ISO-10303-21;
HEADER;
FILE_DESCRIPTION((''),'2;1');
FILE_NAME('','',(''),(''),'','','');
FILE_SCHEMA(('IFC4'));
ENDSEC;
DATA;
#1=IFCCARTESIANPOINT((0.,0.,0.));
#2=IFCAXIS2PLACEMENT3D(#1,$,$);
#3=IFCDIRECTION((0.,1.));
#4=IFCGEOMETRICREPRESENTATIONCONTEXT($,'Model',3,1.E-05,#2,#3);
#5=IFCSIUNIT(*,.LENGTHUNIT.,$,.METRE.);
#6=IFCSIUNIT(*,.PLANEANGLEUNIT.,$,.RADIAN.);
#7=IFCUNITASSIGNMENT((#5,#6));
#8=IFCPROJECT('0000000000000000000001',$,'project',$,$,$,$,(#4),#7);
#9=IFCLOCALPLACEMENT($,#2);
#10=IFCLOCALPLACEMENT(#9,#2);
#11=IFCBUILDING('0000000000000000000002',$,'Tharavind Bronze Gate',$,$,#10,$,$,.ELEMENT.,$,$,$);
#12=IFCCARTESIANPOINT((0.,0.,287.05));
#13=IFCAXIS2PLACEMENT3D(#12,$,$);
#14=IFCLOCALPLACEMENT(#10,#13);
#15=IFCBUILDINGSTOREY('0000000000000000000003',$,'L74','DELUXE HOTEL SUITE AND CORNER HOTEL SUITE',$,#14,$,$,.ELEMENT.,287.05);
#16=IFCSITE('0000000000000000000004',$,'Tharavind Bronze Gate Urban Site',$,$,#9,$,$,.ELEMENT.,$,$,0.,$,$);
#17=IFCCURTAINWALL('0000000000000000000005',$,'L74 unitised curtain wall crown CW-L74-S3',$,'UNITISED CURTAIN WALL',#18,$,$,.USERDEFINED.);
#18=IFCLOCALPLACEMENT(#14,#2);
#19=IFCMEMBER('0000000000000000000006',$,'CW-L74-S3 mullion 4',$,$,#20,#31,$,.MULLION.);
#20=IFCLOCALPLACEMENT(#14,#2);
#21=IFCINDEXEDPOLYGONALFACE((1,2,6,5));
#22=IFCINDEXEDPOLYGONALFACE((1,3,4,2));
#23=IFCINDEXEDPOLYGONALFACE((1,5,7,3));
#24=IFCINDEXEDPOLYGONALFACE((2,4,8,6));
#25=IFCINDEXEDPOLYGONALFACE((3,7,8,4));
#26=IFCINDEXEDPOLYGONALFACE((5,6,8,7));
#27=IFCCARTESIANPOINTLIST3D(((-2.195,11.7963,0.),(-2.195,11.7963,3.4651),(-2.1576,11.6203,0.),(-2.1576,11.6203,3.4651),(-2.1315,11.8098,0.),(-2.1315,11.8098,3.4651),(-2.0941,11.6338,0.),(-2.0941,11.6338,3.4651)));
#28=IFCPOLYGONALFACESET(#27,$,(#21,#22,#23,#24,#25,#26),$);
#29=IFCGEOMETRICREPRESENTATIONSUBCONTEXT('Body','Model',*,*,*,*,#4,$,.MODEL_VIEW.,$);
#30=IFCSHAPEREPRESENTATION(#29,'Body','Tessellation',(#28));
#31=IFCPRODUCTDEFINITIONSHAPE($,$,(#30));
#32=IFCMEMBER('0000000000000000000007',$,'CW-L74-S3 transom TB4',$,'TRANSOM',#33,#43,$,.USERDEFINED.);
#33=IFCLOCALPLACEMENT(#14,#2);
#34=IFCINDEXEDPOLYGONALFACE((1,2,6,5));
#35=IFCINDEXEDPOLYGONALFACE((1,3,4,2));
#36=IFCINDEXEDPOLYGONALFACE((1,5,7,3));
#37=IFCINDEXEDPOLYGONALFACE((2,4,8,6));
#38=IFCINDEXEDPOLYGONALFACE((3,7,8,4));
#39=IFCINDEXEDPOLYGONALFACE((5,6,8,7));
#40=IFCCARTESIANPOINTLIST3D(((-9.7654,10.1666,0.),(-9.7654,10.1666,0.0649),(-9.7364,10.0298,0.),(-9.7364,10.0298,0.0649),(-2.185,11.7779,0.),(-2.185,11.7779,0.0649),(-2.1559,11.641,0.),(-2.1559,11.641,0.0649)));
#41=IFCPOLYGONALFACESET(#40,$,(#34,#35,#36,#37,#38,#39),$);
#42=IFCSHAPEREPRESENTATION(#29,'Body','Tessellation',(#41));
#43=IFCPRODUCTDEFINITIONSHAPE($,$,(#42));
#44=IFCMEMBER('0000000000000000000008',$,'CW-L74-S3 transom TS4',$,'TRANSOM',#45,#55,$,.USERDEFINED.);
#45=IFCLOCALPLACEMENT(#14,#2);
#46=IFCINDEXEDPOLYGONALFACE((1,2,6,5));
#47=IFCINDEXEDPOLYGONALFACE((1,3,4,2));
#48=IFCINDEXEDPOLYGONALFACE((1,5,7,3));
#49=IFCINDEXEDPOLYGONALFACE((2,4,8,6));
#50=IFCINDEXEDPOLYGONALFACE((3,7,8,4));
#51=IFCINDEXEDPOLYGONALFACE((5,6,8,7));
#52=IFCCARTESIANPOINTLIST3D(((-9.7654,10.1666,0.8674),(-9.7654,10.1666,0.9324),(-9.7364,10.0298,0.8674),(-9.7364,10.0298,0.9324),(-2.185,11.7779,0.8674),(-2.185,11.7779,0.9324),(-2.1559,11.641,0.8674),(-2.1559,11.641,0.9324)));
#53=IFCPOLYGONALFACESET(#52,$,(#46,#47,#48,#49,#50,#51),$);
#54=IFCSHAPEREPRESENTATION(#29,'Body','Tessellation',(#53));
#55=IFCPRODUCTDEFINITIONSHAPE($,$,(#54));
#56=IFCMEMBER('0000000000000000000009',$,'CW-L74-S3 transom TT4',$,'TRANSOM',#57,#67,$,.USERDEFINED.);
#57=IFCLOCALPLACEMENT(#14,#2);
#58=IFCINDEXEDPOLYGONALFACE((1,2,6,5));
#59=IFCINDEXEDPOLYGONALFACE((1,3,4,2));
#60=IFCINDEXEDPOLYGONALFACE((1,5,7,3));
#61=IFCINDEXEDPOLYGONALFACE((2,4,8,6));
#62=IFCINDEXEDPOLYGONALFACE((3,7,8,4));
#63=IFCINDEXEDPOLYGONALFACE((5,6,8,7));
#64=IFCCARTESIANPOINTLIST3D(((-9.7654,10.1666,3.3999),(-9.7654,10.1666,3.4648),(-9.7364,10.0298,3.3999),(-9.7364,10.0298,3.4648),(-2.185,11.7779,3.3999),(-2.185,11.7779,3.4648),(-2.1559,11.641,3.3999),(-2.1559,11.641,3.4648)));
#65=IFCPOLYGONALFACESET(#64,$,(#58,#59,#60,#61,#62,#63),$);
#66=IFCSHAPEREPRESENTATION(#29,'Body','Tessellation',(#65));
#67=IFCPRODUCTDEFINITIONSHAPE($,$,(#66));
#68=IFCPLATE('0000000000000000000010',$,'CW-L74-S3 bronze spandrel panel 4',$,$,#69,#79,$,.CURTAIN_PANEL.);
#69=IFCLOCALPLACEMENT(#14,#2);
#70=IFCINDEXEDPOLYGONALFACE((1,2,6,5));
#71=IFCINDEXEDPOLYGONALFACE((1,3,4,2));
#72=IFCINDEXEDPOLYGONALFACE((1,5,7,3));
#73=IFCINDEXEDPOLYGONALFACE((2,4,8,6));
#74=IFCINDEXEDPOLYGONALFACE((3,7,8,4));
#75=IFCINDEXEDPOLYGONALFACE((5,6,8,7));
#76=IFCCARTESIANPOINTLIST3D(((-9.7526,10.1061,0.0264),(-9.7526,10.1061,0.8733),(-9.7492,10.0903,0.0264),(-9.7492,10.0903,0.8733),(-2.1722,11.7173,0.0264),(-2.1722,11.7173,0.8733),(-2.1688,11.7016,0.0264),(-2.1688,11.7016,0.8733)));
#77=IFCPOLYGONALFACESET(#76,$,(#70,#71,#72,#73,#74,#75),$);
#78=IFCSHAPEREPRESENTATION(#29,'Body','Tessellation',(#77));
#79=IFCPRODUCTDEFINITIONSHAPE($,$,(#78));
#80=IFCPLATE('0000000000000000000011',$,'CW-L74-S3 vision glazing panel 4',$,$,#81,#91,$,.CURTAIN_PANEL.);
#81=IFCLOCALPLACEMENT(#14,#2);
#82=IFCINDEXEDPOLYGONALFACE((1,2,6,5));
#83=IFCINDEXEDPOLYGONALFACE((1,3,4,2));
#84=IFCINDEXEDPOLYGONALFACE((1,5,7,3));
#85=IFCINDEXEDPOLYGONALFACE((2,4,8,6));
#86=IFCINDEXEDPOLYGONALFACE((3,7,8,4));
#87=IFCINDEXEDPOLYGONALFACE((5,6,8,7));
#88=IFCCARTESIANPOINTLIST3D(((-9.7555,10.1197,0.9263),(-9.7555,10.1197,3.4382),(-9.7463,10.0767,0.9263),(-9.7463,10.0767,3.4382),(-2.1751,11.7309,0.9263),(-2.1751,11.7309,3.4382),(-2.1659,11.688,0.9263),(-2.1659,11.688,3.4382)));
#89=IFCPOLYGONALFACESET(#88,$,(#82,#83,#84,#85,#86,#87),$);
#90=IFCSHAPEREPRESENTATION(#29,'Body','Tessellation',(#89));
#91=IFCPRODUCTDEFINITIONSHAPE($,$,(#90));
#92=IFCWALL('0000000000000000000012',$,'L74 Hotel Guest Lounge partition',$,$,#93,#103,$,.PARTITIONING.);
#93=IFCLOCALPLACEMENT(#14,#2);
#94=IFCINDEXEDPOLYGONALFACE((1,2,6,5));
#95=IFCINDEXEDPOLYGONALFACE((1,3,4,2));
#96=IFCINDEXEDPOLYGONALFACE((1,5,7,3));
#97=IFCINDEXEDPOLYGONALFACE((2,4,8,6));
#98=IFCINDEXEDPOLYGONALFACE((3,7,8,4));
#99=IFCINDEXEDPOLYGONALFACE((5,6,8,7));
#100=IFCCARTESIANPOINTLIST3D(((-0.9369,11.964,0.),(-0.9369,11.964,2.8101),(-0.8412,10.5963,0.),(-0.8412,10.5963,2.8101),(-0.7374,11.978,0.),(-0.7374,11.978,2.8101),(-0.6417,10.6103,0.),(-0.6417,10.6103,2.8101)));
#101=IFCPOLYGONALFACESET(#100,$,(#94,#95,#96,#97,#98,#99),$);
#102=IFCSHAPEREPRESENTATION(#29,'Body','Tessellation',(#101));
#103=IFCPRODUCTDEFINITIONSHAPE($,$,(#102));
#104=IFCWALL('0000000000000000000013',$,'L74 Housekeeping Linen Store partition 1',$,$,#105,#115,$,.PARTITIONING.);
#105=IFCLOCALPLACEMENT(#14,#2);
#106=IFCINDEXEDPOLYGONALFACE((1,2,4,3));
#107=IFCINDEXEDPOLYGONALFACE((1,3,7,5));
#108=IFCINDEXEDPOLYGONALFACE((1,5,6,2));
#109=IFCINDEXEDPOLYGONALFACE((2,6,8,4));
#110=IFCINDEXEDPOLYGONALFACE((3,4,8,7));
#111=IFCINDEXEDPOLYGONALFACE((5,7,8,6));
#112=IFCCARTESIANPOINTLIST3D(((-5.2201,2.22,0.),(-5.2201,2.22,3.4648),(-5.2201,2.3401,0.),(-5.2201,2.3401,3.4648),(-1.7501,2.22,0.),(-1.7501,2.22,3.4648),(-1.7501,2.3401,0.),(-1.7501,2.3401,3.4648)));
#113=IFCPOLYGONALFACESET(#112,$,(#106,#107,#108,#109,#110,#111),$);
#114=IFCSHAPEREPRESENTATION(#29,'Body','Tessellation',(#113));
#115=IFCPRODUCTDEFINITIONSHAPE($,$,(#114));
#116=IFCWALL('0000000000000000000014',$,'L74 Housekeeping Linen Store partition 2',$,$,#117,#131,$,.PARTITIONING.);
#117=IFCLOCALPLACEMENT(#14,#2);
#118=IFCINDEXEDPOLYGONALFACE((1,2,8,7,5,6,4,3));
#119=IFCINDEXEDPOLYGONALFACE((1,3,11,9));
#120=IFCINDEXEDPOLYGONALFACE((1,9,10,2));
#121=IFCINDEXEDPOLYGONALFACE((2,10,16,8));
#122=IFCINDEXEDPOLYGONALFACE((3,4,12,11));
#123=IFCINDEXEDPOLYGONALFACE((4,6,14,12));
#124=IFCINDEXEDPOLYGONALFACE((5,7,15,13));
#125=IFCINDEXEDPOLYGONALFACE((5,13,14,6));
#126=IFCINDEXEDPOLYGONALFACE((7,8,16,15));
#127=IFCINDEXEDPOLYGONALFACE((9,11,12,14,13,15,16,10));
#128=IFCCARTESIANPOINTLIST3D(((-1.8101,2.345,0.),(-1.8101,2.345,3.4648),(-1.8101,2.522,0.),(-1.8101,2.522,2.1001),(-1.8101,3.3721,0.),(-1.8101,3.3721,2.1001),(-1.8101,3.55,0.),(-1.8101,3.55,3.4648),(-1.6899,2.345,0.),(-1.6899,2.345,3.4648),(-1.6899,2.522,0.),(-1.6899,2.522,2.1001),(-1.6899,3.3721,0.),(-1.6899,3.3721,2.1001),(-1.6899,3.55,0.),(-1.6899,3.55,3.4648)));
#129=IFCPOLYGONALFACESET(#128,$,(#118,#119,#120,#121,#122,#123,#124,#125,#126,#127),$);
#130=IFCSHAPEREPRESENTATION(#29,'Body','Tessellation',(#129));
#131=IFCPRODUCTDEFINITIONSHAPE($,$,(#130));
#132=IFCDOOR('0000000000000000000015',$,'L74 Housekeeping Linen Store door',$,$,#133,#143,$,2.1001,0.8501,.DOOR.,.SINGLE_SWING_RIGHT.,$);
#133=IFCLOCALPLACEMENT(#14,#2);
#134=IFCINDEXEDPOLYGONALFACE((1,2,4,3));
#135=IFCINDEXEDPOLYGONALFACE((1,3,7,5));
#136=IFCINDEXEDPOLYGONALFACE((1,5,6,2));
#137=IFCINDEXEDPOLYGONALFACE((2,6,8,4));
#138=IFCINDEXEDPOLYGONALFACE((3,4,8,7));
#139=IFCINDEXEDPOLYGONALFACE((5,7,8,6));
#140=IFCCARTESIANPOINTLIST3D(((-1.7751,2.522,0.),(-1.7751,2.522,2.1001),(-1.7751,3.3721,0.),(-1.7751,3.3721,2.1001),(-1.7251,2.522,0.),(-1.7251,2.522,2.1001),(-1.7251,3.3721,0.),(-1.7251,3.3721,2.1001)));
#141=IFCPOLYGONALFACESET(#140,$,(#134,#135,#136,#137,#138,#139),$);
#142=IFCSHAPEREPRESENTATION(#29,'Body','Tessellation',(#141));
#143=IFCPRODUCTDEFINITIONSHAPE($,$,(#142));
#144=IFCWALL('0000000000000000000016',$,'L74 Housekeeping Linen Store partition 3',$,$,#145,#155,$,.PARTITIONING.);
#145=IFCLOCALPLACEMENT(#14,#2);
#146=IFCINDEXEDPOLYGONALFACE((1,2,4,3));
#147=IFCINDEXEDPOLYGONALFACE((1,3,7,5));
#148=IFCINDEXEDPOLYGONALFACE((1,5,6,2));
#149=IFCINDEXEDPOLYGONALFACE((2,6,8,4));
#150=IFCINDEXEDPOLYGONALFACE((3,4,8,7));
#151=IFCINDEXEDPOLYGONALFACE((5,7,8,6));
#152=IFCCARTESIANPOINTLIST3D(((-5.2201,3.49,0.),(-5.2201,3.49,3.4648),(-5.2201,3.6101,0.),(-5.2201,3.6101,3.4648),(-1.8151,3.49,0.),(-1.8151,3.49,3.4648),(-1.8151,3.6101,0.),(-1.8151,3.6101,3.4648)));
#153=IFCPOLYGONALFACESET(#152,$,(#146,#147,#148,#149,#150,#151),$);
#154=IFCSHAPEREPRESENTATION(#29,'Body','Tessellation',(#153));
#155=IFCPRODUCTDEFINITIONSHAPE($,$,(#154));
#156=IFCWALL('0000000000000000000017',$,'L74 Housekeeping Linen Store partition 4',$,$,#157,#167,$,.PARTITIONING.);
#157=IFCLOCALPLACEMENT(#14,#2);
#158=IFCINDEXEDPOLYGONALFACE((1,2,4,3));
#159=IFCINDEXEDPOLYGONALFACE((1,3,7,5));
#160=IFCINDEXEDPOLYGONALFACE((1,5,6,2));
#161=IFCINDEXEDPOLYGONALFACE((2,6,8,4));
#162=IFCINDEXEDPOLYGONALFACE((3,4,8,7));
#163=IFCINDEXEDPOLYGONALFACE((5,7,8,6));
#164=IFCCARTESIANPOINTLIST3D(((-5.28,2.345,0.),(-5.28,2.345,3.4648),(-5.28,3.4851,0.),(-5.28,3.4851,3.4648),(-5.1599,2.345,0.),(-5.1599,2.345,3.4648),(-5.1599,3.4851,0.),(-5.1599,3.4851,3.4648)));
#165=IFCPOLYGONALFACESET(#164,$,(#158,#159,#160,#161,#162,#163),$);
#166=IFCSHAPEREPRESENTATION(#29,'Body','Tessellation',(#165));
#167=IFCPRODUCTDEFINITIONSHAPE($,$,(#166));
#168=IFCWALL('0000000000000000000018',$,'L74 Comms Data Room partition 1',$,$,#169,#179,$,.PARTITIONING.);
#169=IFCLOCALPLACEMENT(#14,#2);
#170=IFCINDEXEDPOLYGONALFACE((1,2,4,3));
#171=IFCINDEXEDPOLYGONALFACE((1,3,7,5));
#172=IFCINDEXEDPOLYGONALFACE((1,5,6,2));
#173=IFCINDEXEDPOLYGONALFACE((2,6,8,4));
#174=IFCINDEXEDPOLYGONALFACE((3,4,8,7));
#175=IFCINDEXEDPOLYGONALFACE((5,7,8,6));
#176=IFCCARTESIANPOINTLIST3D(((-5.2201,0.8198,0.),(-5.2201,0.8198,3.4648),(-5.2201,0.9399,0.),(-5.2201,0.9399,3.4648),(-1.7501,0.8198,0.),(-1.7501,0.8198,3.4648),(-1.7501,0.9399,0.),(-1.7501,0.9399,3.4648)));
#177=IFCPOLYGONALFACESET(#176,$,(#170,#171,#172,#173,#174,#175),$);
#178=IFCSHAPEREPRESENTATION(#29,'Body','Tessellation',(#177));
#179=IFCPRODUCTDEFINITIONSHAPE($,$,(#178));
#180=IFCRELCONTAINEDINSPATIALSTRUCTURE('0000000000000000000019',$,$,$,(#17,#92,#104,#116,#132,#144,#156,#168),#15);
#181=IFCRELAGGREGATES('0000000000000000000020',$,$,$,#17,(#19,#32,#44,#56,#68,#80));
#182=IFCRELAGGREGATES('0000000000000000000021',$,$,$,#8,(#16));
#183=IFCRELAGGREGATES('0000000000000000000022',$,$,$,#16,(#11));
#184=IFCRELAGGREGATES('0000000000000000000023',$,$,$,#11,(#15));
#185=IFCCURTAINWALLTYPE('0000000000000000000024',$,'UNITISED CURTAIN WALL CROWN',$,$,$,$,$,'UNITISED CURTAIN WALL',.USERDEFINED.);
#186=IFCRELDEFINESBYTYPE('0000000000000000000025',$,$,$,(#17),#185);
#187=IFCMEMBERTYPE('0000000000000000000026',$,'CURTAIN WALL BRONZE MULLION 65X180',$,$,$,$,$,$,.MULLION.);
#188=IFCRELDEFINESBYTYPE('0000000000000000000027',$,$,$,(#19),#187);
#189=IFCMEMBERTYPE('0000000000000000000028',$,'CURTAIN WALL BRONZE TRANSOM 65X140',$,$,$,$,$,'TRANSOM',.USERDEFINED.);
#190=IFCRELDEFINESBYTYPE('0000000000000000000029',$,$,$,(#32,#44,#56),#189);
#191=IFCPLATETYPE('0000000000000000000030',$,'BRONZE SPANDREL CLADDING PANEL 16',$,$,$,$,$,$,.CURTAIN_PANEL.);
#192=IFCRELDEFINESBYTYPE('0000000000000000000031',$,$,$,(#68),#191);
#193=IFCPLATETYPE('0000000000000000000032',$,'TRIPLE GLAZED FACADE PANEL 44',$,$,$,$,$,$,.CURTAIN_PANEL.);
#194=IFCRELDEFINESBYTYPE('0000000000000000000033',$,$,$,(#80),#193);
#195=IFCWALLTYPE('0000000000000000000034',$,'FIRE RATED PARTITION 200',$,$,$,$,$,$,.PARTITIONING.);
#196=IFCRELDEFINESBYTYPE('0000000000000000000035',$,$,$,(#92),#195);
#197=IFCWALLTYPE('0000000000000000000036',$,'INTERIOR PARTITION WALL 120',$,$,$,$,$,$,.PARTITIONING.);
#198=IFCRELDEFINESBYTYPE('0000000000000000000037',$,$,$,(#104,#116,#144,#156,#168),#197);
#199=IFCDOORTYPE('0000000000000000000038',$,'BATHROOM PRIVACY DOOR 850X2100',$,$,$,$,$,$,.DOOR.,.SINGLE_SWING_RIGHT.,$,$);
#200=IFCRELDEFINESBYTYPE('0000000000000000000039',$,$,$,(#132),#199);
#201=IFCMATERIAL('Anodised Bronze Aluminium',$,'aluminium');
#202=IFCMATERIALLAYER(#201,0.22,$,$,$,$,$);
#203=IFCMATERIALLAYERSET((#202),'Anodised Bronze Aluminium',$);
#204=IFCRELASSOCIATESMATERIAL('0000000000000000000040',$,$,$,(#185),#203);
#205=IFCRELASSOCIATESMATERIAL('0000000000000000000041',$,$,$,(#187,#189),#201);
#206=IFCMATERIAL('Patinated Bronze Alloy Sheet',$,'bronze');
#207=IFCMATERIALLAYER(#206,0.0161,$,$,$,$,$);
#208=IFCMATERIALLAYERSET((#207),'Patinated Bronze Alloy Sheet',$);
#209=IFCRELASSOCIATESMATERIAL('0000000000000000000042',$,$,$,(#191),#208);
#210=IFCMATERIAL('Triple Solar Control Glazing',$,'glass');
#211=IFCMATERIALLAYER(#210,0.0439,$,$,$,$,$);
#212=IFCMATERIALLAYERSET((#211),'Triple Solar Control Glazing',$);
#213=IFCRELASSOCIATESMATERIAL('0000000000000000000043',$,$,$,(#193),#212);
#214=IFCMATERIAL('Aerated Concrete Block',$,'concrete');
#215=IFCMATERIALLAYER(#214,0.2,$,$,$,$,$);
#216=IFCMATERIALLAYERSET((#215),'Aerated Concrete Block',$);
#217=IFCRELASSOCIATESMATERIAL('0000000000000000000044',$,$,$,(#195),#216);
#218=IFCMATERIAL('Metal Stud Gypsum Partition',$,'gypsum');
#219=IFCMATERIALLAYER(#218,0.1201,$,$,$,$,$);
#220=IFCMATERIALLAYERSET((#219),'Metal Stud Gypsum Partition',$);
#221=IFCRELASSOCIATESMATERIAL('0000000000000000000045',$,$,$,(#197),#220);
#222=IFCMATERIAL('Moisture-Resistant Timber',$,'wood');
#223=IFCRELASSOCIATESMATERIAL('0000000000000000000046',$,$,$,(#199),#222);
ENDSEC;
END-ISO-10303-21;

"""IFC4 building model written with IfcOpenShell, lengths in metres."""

from ifc_helpers import new_model, si_unit, direction, frame, frame_2d, origin, origin_2d, place, context, subcontext, project, spatial, rectangle, extrude, material, layer, layer_set, type_object, element, fill, aggregate, save


model = new_model("IFC4")

# Units and contexts
model_context = context("Model", 3, precision=1e-05, world=origin(), true_north=direction((0.0, 1.0)))
body_context = subcontext(model_context, "Body", "Model", "MODEL_VIEW")
ifc_project = project(units=[si_unit("LENGTHUNIT", "METRE"), si_unit("PLANEANGLEUNIT", "RADIAN")], contexts=[model_context])

# Site, building, storey
site_placement = place(None, origin())
site = spatial("IfcSite", under=ifc_project, at=site_placement, Name="Tharavind Bronze Gate Urban Site", CompositionType="ELEMENT", RefElevation=0.0)
building_placement = place(site_placement, origin())
building = spatial("IfcBuilding", under=site, at=building_placement, Name="Tharavind Bronze Gate", CompositionType="ELEMENT")
storey_placement = place(building_placement, frame((0.0, 0.0, 287.05)))
storey = spatial("IfcBuildingStorey", under=building, at=storey_placement, Name="L74", Description="DELUXE HOTEL SUITE AND CORNER HOTEL SUITE", CompositionType="ELEMENT", Elevation=287.05)

# Curtain wall, members, plates
ifc_material_1 = material(Name="Anodised Bronze Aluminium", Category="aluminium")
ifc_layer_1 = layer(ifc_material_1, 0.22)
ifc_layer_set_1 = layer_set([ifc_layer_1], Name="Anodised Bronze Aluminium")
curtain_wall_type = type_object("IfcCurtainWallType", Name="UNITISED CURTAIN WALL CROWN", ElementType="UNITISED CURTAIN WALL", PredefinedType="USERDEFINED", material=ifc_layer_set_1)
curtain_wall_placement = place(storey_placement, origin())
curtain_wall = element("IfcCurtainWall", 1, at=curtain_wall_placement, inside=storey, type_object=curtain_wall_type, Name="L74 unitised curtain wall crown CW-L74-S3", ObjectType="UNITISED CURTAIN WALL", PredefinedType="USERDEFINED")
member_type_1 = type_object("IfcMemberType", Name="CURTAIN WALL BRONZE MULLION 65X180", PredefinedType="MULLION", material=ifc_material_1)
member_1_placement = place(storey_placement, frame((-2.1445, 11.7151, 0.0), z_axis=(0.0, 0.0, 1.0), x_axis=(-0.978147, -0.207913, 0.0)))
member_1 = element("IfcMember", 2, at=member_1_placement, type_object=member_type_1, Name="CW-L74-S3 mullion 4", PredefinedType="MULLION", context=body_context, shape_type="SweptSolid", body=[
    extrude(rectangle(XDim=0.0649, YDim=0.1799, at=origin_2d()), origin(), (0.0, 0.0, 1.0), 3.4651),
])
member_type_2 = type_object("IfcMemberType", Name="CURTAIN WALL BRONZE TRANSOM 65X140", ElementType="TRANSOM", PredefinedType="USERDEFINED", material=ifc_material_1)
member_2_placement = place(storey_placement, frame((-5.9607, 10.9038, 0.0), z_axis=(0.0, 0.0, 1.0), x_axis=(-0.978147, -0.207913, 0.0)))
member_2 = element("IfcMember", 3, at=member_2_placement, type_object=member_type_2, Name="CW-L74-S3 transom TB4", ObjectType="TRANSOM", PredefinedType="USERDEFINED", context=body_context, shape_type="SweptSolid", body=[
    extrude(rectangle(XDim=7.7498, YDim=0.1399, at=origin_2d()), origin(), (0.0, 0.0, 1.0), 0.0649),
])
member_3_placement = place(storey_placement, frame((-5.9607, 10.9038, 0.8674), z_axis=(0.0, 0.0, 1.0), x_axis=(-0.978147, -0.207913, 0.0)))
member_3 = element("IfcMember", 4, at=member_3_placement, type_object=member_type_2, Name="CW-L74-S3 transom TS4", ObjectType="TRANSOM", PredefinedType="USERDEFINED", context=body_context, shape_type="SweptSolid", body=[
    extrude(rectangle(XDim=7.7498, YDim=0.1399, at=origin_2d()), origin(), (0.0, 0.0, 1.0), 0.0649),
])
member_4_placement = place(storey_placement, frame((-5.9607, 10.9038, 3.3999), z_axis=(0.0, 0.0, 1.0), x_axis=(-0.978147, -0.207913, 0.0)))
member_4 = element("IfcMember", 5, at=member_4_placement, type_object=member_type_2, Name="CW-L74-S3 transom TT4", ObjectType="TRANSOM", PredefinedType="USERDEFINED", context=body_context, shape_type="SweptSolid", body=[
    extrude(rectangle(XDim=7.7498, YDim=0.1399, at=origin_2d()), origin(), (0.0, 0.0, 1.0), 0.0649),
])
ifc_material_2 = material(Name="Patinated Bronze Alloy Sheet", Category="bronze")
ifc_layer_2 = layer(ifc_material_2, 0.0161)
ifc_layer_set_2 = layer_set([ifc_layer_2], Name="Patinated Bronze Alloy Sheet")
plate_type_1 = type_object("IfcPlateType", Name="BRONZE SPANDREL CLADDING PANEL 16", PredefinedType="CURTAIN_PANEL", material=ifc_layer_set_2)
plate_1_placement = place(storey_placement, frame((-5.9607, 10.9038, 0.0264), z_axis=(0.0, 0.0, 1.0), x_axis=(-0.978147, -0.207913, 0.0)))
plate_1 = element("IfcPlate", 6, at=plate_1_placement, type_object=plate_type_1, Name="CW-L74-S3 bronze spandrel panel 4", PredefinedType="CURTAIN_PANEL", context=body_context, shape_type="SweptSolid", body=[
    extrude(rectangle(XDim=7.7498, YDim=0.0161, at=origin_2d()), origin(), (0.0, 0.0, 1.0), 0.8469),
])
ifc_material_3 = material(Name="Triple Solar Control Glazing", Category="glass")
ifc_layer_3 = layer(ifc_material_3, 0.0439)
ifc_layer_set_3 = layer_set([ifc_layer_3], Name="Triple Solar Control Glazing")
plate_type_2 = type_object("IfcPlateType", Name="TRIPLE GLAZED FACADE PANEL 44", PredefinedType="CURTAIN_PANEL", material=ifc_layer_set_3)
plate_2_placement = place(storey_placement, frame((-5.9607, 10.9038, 0.9263), z_axis=(0.0, 0.0, 1.0), x_axis=(-0.978147, -0.207913, 0.0)))
plate_2 = element("IfcPlate", 7, at=plate_2_placement, type_object=plate_type_2, Name="CW-L74-S3 vision glazing panel 4", PredefinedType="CURTAIN_PANEL", context=body_context, shape_type="SweptSolid", body=[
    extrude(rectangle(XDim=7.7498, YDim=0.0439, at=origin_2d()), origin(), (0.0, 0.0, 1.0), 2.512),
])
aggregate(curtain_wall, [member_1, member_2, member_3, member_4, plate_1, plate_2])

# Walls
ifc_material_4 = material(Name="Aerated Concrete Block", Category="concrete")
ifc_layer_4 = layer(ifc_material_4, 0.2)
ifc_layer_set_4 = layer_set([ifc_layer_4], Name="Aerated Concrete Block")
wall_type_1 = type_object("IfcWallType", Name="FIRE RATED PARTITION 200", PredefinedType="PARTITIONING", material=ifc_layer_set_4)
wall_1_placement = place(storey_placement, frame((-0.7415, 10.6033, 0.0), z_axis=(0.0, 0.0, 1.0), x_axis=(-0.069804, 0.997561, 0.0)))
element("IfcWall", 8, at=wall_1_placement, inside=storey, type_object=wall_type_1, Name="L74 Hotel Guest Lounge partition", PredefinedType="PARTITIONING", context=body_context, shape_type="SweptSolid", body=[
    extrude(rectangle(XDim=1.3711, YDim=0.2, at=frame_2d((0.6855, 0.0))), origin(), (0.0, 0.0, 1.0), 2.8101),
])
ifc_material_5 = material(Name="Metal Stud Gypsum Partition", Category="gypsum")
ifc_layer_5 = layer(ifc_material_5, 0.1201)
ifc_layer_set_5 = layer_set([ifc_layer_5], Name="Metal Stud Gypsum Partition")
wall_type_2 = type_object("IfcWallType", Name="INTERIOR PARTITION WALL 120", PredefinedType="PARTITIONING", material=ifc_layer_set_5)
wall_2_placement = place(storey_placement, frame((-5.22, 2.28, 0.0), z_axis=(0.0, 0.0, 1.0), x_axis=(1.0, 0.0, 0.0)))
element("IfcWall", 9, at=wall_2_placement, inside=storey, type_object=wall_type_2, Name="L74 Housekeeping Linen Store partition 1", PredefinedType="PARTITIONING", context=body_context, shape_type="SweptSolid", body=[
    extrude(rectangle(XDim=3.47, YDim=0.1201, at=frame_2d((1.7349, 0.0))), origin(), (0.0, 0.0, 1.0), 3.4648),
])

# Wall, opening, door
wall_3_placement = place(storey_placement, frame((-1.75, 2.345, 0.0), z_axis=(0.0, 0.0, 1.0), x_axis=(0.0, 1.0, 0.0)))
wall_3 = element("IfcWall", 10, at=wall_3_placement, inside=storey, type_object=wall_type_2, Name="L74 Housekeeping Linen Store partition 2", PredefinedType="PARTITIONING", context=body_context, shape_type="SweptSolid", body=[
    extrude(rectangle(XDim=1.2051, YDim=0.1201, at=frame_2d((0.6025, 0.0))), origin(), (0.0, 0.0, 1.0), 3.4648),
])
opening_1_placement = place(wall_3_placement, frame((0.177, 0.0, 0.0)))
opening_1 = element("IfcOpeningElement", 11, at=opening_1_placement, cuts=wall_3, PredefinedType="OPENING", context=body_context, shape_type="SweptSolid", body=[
    extrude(rectangle(XDim=0.8501, YDim=2.1001, at=frame_2d((0.425, 1.05))), frame((0.0, 0.0701, 0.0), z_axis=(0.0, -1.0, 0.0), x_axis=(1.0, 0.0, 0.0)), (0.0, 0.0, 1.0), 0.1401),
])
ifc_material_6 = material(Name="Moisture-Resistant Timber", Category="wood")
door_type = type_object("IfcDoorType", Name="BATHROOM PRIVACY DOOR 850X2100", OperationType="SINGLE_SWING_RIGHT", PredefinedType="DOOR", material=ifc_material_6)
door_1_placement = place(opening_1_placement, frame((0.8501, 0.0, 0.0), z_axis=(0.0, 0.0, 1.0), x_axis=(-1.0, 0.0, 0.0)))
door_1 = element("IfcDoor", 12, at=door_1_placement, inside=storey, type_object=door_type, Name="L74 Housekeeping Linen Store door", OperationType="SINGLE_SWING_RIGHT", OverallHeight=2.1001, OverallWidth=0.8501, PredefinedType="DOOR", context=body_context, shape_type="SweptSolid", body=[
    extrude(rectangle(XDim=0.8501, YDim=2.1001, at=frame_2d((0.425, 1.05))), frame((0.0, 0.0249, 0.0), z_axis=(0.0, -1.0, 0.0), x_axis=(1.0, 0.0, 0.0)), (0.0, 0.0, 1.0), 0.05),
])
fill(opening_1, door_1)

# Walls
wall_4_placement = place(storey_placement, frame((-1.8149, 3.55, 0.0), z_axis=(0.0, 0.0, 1.0), x_axis=(-1.0, 0.0, 0.0)))
element("IfcWall", 13, at=wall_4_placement, inside=storey, type_object=wall_type_2, Name="L74 Housekeeping Linen Store partition 3", PredefinedType="PARTITIONING", context=body_context, shape_type="SweptSolid", body=[
    extrude(rectangle(XDim=3.405, YDim=0.1201, at=frame_2d((1.7026, 0.0))), origin(), (0.0, 0.0, 1.0), 3.4648),
])
wall_5_placement = place(storey_placement, frame((-5.22, 3.4851, 0.0), z_axis=(0.0, 0.0, 1.0), x_axis=(0.0, -1.0, 0.0)))
element("IfcWall", 14, at=wall_5_placement, inside=storey, type_object=wall_type_2, Name="L74 Housekeeping Linen Store partition 4", PredefinedType="PARTITIONING", context=body_context, shape_type="SweptSolid", body=[
    extrude(rectangle(XDim=1.1401, YDim=0.1201, at=frame_2d((0.5701, 0.0))), origin(), (0.0, 0.0, 1.0), 3.4648),
])
wall_6_placement = place(storey_placement, frame((-5.22, 0.8799, 0.0), z_axis=(0.0, 0.0, 1.0), x_axis=(1.0, 0.0, 0.0)))
element("IfcWall", 15, at=wall_6_placement, inside=storey, type_object=wall_type_2, Name="L74 Comms Data Room partition 1", PredefinedType="PARTITIONING", context=body_context, shape_type="SweptSolid", body=[
    extrude(rectangle(XDim=3.47, YDim=0.1201, at=frame_2d((1.7349, 0.0))), origin(), (0.0, 0.0, 1.0), 3.4648),
])

save(model, "model.ifc")
